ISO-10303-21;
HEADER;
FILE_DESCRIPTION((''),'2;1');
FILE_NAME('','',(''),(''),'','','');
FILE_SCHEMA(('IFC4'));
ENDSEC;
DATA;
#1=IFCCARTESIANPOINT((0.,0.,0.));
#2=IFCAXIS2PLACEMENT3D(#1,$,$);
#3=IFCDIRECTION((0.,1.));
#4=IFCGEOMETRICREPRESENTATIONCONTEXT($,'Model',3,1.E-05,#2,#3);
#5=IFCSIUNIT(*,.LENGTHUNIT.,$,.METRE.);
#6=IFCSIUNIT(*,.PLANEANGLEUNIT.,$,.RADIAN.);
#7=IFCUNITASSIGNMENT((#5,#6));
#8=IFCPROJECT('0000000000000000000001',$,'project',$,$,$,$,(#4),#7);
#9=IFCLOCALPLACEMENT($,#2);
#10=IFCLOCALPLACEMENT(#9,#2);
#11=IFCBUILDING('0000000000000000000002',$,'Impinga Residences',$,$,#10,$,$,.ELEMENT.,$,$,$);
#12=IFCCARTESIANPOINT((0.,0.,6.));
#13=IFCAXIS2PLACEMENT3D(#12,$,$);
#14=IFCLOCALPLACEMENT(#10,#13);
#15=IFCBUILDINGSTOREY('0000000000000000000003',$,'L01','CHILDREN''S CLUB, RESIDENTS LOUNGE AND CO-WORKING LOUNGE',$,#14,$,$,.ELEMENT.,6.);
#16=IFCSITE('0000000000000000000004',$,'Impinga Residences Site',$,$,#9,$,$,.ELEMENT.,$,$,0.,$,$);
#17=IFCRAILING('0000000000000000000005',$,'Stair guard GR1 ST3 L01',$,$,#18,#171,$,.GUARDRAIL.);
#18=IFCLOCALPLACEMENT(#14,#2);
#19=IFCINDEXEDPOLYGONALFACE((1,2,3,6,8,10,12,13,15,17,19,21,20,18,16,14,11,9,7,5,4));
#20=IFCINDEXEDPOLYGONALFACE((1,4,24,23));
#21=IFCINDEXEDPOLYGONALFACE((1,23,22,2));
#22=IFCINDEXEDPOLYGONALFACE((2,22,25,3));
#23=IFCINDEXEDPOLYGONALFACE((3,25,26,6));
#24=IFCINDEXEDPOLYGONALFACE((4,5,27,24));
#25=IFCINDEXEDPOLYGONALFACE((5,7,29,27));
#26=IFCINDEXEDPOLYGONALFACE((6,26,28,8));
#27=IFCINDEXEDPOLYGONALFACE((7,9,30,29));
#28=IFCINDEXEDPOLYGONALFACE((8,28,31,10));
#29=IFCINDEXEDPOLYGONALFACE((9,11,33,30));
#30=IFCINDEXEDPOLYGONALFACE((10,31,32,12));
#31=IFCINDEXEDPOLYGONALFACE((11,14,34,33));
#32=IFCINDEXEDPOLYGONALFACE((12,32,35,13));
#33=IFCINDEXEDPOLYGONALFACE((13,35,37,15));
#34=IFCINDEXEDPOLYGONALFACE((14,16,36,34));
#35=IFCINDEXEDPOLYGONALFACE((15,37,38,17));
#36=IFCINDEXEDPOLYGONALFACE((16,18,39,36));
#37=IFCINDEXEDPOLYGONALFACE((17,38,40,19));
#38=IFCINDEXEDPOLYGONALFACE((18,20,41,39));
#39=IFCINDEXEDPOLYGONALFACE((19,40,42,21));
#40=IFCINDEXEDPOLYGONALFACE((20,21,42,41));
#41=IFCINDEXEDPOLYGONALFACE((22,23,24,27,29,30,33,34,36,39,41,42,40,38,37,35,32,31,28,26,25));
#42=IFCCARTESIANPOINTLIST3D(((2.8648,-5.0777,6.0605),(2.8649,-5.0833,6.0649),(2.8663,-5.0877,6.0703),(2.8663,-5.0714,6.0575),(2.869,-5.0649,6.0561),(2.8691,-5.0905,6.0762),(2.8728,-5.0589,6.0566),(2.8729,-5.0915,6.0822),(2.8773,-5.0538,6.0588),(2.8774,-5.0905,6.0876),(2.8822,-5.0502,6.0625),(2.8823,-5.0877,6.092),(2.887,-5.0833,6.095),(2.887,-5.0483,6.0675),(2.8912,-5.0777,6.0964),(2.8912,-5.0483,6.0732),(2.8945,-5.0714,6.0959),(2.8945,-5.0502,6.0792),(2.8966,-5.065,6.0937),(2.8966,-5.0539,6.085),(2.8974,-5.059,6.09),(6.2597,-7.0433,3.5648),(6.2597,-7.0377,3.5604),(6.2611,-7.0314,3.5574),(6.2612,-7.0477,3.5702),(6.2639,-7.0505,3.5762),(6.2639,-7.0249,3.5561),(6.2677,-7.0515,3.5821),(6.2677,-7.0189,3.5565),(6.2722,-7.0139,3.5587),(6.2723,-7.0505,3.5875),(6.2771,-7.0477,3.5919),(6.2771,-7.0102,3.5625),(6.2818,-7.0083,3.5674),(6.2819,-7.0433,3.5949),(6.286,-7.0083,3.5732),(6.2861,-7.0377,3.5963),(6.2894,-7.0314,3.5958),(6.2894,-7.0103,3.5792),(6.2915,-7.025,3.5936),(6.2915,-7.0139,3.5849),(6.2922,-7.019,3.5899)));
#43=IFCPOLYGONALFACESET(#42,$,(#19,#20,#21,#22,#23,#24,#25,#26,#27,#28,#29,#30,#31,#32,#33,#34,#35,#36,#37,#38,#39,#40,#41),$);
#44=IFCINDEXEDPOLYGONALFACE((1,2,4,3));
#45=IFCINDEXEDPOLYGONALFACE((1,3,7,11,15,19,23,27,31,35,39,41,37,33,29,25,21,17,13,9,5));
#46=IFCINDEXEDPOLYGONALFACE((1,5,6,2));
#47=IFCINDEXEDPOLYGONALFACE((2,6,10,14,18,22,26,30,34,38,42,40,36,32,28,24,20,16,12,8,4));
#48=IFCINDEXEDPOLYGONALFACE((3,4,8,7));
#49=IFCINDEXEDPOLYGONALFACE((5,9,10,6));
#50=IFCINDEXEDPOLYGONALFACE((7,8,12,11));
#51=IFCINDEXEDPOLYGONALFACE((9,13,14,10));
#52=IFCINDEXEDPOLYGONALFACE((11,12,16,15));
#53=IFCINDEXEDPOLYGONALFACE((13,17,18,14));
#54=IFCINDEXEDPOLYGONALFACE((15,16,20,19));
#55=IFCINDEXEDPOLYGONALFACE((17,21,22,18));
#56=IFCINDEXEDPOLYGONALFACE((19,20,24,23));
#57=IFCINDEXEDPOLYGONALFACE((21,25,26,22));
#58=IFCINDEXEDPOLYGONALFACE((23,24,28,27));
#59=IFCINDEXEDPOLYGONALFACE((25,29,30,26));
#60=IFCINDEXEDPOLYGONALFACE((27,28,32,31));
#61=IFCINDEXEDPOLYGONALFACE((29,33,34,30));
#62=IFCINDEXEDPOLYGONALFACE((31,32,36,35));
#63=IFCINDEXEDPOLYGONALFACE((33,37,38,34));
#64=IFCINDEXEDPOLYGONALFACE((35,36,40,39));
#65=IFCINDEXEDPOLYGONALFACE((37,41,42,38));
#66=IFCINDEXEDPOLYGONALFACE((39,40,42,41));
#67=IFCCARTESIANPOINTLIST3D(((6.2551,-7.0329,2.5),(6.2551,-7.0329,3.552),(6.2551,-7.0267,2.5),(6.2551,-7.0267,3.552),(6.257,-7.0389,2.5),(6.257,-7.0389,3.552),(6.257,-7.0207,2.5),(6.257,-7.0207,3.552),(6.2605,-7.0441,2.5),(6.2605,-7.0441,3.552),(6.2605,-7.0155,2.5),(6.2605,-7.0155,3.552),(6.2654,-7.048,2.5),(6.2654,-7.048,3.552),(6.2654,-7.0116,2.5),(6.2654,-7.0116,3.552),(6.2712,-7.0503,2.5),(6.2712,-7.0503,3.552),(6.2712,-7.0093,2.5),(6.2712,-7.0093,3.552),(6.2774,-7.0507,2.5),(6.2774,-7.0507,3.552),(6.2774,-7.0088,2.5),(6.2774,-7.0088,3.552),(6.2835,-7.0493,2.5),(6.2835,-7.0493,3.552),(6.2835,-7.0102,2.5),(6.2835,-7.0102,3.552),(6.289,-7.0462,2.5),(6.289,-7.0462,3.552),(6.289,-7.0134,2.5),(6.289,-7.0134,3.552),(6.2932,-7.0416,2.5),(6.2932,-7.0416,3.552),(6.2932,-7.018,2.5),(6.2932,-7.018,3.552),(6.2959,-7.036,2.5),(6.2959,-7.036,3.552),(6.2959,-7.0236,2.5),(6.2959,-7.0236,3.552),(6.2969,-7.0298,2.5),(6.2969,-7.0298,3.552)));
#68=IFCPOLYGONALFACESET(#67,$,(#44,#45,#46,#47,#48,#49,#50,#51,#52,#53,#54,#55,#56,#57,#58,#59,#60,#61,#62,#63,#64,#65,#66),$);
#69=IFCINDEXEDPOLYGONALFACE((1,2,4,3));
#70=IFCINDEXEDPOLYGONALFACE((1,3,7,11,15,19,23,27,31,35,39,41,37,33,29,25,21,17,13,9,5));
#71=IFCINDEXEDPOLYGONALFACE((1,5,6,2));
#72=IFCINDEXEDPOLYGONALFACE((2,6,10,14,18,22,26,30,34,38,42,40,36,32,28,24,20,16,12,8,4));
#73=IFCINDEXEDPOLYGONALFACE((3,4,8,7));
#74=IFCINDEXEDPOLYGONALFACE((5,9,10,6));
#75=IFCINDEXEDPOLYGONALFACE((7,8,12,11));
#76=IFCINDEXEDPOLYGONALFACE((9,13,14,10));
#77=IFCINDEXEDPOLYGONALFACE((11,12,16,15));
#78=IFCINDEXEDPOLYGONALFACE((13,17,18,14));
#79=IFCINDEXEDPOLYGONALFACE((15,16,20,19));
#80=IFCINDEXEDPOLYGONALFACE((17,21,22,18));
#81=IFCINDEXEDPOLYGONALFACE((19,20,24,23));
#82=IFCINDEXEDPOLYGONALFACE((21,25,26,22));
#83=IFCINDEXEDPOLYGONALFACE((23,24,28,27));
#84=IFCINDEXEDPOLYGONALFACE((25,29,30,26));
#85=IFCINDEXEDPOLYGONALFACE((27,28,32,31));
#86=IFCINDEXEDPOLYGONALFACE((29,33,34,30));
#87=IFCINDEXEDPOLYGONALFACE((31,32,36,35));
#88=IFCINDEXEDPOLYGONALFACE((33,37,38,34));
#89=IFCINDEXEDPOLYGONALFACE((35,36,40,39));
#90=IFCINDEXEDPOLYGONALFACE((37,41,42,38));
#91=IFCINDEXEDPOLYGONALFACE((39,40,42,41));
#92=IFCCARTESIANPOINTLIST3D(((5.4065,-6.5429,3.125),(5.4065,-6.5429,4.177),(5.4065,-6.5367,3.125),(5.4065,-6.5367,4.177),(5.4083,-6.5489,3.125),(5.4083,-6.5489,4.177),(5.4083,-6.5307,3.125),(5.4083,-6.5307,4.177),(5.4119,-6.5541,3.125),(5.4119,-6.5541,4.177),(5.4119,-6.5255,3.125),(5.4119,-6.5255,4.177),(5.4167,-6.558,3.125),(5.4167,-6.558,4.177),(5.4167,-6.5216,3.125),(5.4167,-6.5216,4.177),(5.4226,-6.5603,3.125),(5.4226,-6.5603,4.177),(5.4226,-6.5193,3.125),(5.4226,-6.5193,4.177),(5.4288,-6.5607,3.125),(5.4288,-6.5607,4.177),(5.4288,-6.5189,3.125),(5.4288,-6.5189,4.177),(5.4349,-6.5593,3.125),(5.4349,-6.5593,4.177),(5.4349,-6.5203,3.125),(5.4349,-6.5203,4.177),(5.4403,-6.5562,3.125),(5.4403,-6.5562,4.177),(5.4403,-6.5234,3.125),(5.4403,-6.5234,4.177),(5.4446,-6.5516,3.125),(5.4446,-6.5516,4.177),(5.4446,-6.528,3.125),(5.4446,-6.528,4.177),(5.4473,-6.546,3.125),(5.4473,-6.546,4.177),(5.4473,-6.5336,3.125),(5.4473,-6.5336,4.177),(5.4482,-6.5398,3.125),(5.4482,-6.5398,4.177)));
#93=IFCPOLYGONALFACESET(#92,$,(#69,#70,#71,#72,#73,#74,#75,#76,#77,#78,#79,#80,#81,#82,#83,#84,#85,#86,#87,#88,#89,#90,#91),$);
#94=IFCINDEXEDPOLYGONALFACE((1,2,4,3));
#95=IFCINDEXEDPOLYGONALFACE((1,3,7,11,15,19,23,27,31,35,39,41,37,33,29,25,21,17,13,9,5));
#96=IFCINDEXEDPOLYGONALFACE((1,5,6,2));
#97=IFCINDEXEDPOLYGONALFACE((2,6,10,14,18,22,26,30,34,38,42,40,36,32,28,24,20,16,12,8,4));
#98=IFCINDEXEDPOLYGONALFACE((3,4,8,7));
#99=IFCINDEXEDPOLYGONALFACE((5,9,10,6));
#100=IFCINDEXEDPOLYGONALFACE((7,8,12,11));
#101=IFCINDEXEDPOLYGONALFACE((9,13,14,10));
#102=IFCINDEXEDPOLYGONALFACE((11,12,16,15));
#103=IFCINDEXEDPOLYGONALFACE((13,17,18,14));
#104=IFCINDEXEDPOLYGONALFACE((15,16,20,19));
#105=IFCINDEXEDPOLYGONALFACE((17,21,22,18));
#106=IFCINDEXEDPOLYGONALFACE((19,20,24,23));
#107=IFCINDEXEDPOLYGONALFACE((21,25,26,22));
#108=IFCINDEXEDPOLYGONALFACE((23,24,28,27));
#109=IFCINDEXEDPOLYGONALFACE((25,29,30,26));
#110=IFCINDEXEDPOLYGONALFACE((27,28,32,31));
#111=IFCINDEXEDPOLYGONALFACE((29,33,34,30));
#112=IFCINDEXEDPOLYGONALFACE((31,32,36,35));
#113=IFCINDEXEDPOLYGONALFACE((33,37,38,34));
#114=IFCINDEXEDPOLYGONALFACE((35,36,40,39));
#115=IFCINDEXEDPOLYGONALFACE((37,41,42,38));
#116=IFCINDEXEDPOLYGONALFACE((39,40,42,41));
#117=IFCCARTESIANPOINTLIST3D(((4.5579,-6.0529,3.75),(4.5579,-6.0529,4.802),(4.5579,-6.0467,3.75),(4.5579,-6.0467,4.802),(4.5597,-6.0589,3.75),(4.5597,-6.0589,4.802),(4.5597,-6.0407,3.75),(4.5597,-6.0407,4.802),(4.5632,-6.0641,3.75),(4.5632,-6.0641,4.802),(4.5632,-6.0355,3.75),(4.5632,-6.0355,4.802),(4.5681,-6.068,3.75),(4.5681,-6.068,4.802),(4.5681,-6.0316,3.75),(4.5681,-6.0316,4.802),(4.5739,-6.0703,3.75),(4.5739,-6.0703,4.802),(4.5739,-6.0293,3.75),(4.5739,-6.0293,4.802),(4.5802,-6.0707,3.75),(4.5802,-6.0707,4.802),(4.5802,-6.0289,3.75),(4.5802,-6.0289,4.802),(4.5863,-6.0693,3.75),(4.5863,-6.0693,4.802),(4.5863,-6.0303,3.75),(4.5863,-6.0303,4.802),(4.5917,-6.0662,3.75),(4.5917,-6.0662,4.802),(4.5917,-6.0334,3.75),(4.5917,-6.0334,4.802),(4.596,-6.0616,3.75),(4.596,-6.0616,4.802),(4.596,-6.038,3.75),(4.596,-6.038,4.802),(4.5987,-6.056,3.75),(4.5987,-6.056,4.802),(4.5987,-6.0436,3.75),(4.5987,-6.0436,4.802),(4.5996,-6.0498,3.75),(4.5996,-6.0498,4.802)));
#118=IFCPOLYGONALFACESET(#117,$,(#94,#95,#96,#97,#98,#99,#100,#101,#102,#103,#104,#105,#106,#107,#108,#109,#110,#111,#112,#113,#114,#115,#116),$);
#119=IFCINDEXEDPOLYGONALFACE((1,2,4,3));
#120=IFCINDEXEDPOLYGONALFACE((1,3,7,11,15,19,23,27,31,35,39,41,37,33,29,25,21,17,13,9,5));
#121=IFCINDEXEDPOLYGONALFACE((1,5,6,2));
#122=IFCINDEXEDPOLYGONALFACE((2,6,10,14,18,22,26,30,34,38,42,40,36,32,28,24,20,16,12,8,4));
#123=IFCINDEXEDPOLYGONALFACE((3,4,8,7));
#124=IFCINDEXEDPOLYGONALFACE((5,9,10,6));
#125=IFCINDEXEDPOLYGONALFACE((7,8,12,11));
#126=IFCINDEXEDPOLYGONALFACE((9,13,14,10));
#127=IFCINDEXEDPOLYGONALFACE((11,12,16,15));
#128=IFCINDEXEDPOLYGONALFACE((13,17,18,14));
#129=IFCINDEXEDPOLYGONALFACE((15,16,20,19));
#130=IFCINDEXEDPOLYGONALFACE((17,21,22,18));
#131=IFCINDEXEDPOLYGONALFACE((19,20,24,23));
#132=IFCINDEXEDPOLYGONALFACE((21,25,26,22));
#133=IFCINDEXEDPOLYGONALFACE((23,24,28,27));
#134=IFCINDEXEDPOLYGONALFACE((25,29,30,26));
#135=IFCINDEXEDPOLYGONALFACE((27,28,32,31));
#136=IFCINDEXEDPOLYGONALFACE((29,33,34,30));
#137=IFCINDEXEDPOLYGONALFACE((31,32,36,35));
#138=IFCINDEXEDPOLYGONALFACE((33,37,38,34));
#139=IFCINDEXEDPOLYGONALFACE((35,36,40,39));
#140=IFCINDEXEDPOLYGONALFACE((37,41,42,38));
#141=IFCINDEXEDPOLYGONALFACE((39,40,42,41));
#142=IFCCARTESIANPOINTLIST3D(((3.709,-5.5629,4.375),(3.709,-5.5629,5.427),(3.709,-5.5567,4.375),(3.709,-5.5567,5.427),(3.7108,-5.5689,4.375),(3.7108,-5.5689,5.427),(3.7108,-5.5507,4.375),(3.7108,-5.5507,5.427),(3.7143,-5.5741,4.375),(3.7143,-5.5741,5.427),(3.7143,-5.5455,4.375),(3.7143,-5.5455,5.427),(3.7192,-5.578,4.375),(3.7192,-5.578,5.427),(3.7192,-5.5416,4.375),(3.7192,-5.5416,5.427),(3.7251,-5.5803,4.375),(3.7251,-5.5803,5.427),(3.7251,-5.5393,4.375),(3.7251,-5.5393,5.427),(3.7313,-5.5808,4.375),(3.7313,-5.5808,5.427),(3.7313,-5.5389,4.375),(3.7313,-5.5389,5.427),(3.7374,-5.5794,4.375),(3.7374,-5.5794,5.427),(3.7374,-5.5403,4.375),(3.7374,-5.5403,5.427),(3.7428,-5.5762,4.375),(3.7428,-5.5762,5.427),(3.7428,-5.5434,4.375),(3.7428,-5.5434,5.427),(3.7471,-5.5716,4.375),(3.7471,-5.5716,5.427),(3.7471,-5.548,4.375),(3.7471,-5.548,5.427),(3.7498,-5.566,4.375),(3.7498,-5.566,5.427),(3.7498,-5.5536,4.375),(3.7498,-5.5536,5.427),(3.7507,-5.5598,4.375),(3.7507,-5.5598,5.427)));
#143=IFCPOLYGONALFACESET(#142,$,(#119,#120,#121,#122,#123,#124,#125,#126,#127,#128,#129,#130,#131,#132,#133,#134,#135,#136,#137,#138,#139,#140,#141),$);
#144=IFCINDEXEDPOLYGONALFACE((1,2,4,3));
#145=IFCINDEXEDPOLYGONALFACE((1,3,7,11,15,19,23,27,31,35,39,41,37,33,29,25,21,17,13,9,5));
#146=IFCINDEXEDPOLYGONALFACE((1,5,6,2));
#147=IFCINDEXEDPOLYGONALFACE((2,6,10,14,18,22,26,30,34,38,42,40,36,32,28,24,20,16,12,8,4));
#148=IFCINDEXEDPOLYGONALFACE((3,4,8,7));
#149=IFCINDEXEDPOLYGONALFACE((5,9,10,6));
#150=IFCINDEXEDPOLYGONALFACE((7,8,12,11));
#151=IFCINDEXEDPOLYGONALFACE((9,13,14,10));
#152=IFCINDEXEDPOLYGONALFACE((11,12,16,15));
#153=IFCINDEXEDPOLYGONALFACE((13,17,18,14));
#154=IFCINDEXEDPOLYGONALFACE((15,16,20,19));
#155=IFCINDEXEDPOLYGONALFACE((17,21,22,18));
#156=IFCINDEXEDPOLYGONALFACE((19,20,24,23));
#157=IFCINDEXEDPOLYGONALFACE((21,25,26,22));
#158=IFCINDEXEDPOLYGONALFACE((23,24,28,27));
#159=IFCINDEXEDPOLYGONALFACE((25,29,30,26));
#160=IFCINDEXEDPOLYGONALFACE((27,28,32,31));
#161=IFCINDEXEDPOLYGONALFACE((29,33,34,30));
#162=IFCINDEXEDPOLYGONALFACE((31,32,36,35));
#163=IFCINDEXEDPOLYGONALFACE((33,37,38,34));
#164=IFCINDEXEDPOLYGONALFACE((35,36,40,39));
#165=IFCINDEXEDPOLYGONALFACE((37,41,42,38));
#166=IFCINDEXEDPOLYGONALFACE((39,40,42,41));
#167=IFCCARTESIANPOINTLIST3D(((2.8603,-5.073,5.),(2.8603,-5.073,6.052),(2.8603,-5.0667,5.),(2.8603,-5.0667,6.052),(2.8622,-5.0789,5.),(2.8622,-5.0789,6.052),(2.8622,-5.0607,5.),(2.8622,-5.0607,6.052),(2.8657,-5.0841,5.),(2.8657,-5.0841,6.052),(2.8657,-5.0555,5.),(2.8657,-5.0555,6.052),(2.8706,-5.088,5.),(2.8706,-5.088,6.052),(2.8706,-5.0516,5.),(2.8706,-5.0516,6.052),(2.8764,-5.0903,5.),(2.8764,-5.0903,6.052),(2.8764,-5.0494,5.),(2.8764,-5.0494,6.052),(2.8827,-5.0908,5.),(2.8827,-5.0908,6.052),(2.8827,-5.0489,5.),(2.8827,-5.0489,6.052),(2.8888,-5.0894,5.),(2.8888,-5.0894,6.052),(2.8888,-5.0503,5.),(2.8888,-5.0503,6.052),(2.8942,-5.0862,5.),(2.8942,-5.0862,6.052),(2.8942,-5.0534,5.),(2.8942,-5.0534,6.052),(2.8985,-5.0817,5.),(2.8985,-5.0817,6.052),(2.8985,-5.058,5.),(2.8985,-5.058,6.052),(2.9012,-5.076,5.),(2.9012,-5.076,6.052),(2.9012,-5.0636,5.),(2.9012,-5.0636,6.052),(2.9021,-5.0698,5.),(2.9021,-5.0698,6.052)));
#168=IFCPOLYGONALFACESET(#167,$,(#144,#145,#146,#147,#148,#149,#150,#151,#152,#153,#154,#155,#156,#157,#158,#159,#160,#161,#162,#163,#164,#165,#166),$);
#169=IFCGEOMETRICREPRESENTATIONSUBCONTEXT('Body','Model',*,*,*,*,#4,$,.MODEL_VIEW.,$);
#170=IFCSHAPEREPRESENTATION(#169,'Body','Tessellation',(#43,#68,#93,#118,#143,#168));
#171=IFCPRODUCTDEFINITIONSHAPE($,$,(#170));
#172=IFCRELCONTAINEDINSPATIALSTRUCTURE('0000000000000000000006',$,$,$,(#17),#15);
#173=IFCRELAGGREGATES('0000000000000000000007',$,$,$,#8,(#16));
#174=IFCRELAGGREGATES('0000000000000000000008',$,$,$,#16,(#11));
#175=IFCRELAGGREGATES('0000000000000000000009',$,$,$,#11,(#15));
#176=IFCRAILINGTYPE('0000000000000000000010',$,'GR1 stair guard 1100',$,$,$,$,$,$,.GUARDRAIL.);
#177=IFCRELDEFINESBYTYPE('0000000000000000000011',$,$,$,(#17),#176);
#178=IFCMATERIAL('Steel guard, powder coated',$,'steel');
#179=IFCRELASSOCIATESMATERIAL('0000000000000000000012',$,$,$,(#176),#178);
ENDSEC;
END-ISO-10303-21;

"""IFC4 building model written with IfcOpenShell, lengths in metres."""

from ifc_helpers import new_model, si_unit, direction, frame, origin, origin_2d, place, context, subcontext, project, spatial, circle, extrude, material, type_object, element, save


model = new_model("IFC4")

# Units and contexts
model_context = context("Model", 3, precision=1e-05, world=origin(), true_north=direction((0.0, 1.0)))
body_context = subcontext(model_context, "Body", "Model", "MODEL_VIEW")
ifc_project = project(units=[si_unit("LENGTHUNIT", "METRE"), si_unit("PLANEANGLEUNIT", "RADIAN")], contexts=[model_context])

# Site, building, storey
site_placement = place(None, origin())
site = spatial("IfcSite", under=ifc_project, at=site_placement, Name="Impinga Residences Site", CompositionType="ELEMENT", RefElevation=0.0)
building_placement = place(site_placement, origin())
building = spatial("IfcBuilding", under=site, at=building_placement, Name="Impinga Residences", CompositionType="ELEMENT")
storey_placement = place(building_placement, frame((0.0, 0.0, 6.0)))
storey = spatial("IfcBuildingStorey", under=building, at=storey_placement, Name="L01", Description="CHILDREN'S CLUB, RESIDENTS LOUNGE AND CO-WORKING LOUNGE", CompositionType="ELEMENT", Elevation=6.0)

# Railing
ifc_material_1 = material(Name="Steel guard, powder coated", Category="steel")
railing_type_1 = type_object("IfcRailingType", Name="GR1 stair guard 1100", PredefinedType="GUARDRAIL", material=ifc_material_1)
railing_1_placement = place(storey_placement, frame((6.2759, -7.0298, 2.5)))
element("IfcRailing", 1, at=railing_1_placement, inside=storey, type_object=railing_type_1, Name="Stair guard GR1 ST3 L01", PredefinedType="GUARDRAIL", context=body_context, shape_type="SweptSolid", body=[
    extrude(circle(Radius=0.0239, at=origin_2d()), frame((0.0, 0.0, 1.0762), z_axis=(-0.73017, 0.421561, 0.537716), x_axis=(-0.499997, -0.866027, 0.0)), (0.0, 0.0, 1.0), 4.6494),
    extrude(circle(Radius=0.021, at=origin_2d()), origin(), (0.0, 0.0, 1.0), 1.052),
    extrude(circle(Radius=0.021, at=origin_2d()), frame((-0.8486, 0.49, 0.625)), (0.0, 0.0, 1.0), 1.052),
    extrude(circle(Radius=0.021, at=origin_2d()), frame((-1.6973, 0.98, 1.25)), (0.0, 0.0, 1.0), 1.052),
    extrude(circle(Radius=0.021, at=origin_2d()), frame((-2.5461, 1.47, 1.875)), (0.0, 0.0, 1.0), 1.052),
    extrude(circle(Radius=0.021, at=origin_2d()), frame((-3.3948, 1.96, 2.5)), (0.0, 0.0, 1.0), 1.052),
])

save(model, "model.ifc")
